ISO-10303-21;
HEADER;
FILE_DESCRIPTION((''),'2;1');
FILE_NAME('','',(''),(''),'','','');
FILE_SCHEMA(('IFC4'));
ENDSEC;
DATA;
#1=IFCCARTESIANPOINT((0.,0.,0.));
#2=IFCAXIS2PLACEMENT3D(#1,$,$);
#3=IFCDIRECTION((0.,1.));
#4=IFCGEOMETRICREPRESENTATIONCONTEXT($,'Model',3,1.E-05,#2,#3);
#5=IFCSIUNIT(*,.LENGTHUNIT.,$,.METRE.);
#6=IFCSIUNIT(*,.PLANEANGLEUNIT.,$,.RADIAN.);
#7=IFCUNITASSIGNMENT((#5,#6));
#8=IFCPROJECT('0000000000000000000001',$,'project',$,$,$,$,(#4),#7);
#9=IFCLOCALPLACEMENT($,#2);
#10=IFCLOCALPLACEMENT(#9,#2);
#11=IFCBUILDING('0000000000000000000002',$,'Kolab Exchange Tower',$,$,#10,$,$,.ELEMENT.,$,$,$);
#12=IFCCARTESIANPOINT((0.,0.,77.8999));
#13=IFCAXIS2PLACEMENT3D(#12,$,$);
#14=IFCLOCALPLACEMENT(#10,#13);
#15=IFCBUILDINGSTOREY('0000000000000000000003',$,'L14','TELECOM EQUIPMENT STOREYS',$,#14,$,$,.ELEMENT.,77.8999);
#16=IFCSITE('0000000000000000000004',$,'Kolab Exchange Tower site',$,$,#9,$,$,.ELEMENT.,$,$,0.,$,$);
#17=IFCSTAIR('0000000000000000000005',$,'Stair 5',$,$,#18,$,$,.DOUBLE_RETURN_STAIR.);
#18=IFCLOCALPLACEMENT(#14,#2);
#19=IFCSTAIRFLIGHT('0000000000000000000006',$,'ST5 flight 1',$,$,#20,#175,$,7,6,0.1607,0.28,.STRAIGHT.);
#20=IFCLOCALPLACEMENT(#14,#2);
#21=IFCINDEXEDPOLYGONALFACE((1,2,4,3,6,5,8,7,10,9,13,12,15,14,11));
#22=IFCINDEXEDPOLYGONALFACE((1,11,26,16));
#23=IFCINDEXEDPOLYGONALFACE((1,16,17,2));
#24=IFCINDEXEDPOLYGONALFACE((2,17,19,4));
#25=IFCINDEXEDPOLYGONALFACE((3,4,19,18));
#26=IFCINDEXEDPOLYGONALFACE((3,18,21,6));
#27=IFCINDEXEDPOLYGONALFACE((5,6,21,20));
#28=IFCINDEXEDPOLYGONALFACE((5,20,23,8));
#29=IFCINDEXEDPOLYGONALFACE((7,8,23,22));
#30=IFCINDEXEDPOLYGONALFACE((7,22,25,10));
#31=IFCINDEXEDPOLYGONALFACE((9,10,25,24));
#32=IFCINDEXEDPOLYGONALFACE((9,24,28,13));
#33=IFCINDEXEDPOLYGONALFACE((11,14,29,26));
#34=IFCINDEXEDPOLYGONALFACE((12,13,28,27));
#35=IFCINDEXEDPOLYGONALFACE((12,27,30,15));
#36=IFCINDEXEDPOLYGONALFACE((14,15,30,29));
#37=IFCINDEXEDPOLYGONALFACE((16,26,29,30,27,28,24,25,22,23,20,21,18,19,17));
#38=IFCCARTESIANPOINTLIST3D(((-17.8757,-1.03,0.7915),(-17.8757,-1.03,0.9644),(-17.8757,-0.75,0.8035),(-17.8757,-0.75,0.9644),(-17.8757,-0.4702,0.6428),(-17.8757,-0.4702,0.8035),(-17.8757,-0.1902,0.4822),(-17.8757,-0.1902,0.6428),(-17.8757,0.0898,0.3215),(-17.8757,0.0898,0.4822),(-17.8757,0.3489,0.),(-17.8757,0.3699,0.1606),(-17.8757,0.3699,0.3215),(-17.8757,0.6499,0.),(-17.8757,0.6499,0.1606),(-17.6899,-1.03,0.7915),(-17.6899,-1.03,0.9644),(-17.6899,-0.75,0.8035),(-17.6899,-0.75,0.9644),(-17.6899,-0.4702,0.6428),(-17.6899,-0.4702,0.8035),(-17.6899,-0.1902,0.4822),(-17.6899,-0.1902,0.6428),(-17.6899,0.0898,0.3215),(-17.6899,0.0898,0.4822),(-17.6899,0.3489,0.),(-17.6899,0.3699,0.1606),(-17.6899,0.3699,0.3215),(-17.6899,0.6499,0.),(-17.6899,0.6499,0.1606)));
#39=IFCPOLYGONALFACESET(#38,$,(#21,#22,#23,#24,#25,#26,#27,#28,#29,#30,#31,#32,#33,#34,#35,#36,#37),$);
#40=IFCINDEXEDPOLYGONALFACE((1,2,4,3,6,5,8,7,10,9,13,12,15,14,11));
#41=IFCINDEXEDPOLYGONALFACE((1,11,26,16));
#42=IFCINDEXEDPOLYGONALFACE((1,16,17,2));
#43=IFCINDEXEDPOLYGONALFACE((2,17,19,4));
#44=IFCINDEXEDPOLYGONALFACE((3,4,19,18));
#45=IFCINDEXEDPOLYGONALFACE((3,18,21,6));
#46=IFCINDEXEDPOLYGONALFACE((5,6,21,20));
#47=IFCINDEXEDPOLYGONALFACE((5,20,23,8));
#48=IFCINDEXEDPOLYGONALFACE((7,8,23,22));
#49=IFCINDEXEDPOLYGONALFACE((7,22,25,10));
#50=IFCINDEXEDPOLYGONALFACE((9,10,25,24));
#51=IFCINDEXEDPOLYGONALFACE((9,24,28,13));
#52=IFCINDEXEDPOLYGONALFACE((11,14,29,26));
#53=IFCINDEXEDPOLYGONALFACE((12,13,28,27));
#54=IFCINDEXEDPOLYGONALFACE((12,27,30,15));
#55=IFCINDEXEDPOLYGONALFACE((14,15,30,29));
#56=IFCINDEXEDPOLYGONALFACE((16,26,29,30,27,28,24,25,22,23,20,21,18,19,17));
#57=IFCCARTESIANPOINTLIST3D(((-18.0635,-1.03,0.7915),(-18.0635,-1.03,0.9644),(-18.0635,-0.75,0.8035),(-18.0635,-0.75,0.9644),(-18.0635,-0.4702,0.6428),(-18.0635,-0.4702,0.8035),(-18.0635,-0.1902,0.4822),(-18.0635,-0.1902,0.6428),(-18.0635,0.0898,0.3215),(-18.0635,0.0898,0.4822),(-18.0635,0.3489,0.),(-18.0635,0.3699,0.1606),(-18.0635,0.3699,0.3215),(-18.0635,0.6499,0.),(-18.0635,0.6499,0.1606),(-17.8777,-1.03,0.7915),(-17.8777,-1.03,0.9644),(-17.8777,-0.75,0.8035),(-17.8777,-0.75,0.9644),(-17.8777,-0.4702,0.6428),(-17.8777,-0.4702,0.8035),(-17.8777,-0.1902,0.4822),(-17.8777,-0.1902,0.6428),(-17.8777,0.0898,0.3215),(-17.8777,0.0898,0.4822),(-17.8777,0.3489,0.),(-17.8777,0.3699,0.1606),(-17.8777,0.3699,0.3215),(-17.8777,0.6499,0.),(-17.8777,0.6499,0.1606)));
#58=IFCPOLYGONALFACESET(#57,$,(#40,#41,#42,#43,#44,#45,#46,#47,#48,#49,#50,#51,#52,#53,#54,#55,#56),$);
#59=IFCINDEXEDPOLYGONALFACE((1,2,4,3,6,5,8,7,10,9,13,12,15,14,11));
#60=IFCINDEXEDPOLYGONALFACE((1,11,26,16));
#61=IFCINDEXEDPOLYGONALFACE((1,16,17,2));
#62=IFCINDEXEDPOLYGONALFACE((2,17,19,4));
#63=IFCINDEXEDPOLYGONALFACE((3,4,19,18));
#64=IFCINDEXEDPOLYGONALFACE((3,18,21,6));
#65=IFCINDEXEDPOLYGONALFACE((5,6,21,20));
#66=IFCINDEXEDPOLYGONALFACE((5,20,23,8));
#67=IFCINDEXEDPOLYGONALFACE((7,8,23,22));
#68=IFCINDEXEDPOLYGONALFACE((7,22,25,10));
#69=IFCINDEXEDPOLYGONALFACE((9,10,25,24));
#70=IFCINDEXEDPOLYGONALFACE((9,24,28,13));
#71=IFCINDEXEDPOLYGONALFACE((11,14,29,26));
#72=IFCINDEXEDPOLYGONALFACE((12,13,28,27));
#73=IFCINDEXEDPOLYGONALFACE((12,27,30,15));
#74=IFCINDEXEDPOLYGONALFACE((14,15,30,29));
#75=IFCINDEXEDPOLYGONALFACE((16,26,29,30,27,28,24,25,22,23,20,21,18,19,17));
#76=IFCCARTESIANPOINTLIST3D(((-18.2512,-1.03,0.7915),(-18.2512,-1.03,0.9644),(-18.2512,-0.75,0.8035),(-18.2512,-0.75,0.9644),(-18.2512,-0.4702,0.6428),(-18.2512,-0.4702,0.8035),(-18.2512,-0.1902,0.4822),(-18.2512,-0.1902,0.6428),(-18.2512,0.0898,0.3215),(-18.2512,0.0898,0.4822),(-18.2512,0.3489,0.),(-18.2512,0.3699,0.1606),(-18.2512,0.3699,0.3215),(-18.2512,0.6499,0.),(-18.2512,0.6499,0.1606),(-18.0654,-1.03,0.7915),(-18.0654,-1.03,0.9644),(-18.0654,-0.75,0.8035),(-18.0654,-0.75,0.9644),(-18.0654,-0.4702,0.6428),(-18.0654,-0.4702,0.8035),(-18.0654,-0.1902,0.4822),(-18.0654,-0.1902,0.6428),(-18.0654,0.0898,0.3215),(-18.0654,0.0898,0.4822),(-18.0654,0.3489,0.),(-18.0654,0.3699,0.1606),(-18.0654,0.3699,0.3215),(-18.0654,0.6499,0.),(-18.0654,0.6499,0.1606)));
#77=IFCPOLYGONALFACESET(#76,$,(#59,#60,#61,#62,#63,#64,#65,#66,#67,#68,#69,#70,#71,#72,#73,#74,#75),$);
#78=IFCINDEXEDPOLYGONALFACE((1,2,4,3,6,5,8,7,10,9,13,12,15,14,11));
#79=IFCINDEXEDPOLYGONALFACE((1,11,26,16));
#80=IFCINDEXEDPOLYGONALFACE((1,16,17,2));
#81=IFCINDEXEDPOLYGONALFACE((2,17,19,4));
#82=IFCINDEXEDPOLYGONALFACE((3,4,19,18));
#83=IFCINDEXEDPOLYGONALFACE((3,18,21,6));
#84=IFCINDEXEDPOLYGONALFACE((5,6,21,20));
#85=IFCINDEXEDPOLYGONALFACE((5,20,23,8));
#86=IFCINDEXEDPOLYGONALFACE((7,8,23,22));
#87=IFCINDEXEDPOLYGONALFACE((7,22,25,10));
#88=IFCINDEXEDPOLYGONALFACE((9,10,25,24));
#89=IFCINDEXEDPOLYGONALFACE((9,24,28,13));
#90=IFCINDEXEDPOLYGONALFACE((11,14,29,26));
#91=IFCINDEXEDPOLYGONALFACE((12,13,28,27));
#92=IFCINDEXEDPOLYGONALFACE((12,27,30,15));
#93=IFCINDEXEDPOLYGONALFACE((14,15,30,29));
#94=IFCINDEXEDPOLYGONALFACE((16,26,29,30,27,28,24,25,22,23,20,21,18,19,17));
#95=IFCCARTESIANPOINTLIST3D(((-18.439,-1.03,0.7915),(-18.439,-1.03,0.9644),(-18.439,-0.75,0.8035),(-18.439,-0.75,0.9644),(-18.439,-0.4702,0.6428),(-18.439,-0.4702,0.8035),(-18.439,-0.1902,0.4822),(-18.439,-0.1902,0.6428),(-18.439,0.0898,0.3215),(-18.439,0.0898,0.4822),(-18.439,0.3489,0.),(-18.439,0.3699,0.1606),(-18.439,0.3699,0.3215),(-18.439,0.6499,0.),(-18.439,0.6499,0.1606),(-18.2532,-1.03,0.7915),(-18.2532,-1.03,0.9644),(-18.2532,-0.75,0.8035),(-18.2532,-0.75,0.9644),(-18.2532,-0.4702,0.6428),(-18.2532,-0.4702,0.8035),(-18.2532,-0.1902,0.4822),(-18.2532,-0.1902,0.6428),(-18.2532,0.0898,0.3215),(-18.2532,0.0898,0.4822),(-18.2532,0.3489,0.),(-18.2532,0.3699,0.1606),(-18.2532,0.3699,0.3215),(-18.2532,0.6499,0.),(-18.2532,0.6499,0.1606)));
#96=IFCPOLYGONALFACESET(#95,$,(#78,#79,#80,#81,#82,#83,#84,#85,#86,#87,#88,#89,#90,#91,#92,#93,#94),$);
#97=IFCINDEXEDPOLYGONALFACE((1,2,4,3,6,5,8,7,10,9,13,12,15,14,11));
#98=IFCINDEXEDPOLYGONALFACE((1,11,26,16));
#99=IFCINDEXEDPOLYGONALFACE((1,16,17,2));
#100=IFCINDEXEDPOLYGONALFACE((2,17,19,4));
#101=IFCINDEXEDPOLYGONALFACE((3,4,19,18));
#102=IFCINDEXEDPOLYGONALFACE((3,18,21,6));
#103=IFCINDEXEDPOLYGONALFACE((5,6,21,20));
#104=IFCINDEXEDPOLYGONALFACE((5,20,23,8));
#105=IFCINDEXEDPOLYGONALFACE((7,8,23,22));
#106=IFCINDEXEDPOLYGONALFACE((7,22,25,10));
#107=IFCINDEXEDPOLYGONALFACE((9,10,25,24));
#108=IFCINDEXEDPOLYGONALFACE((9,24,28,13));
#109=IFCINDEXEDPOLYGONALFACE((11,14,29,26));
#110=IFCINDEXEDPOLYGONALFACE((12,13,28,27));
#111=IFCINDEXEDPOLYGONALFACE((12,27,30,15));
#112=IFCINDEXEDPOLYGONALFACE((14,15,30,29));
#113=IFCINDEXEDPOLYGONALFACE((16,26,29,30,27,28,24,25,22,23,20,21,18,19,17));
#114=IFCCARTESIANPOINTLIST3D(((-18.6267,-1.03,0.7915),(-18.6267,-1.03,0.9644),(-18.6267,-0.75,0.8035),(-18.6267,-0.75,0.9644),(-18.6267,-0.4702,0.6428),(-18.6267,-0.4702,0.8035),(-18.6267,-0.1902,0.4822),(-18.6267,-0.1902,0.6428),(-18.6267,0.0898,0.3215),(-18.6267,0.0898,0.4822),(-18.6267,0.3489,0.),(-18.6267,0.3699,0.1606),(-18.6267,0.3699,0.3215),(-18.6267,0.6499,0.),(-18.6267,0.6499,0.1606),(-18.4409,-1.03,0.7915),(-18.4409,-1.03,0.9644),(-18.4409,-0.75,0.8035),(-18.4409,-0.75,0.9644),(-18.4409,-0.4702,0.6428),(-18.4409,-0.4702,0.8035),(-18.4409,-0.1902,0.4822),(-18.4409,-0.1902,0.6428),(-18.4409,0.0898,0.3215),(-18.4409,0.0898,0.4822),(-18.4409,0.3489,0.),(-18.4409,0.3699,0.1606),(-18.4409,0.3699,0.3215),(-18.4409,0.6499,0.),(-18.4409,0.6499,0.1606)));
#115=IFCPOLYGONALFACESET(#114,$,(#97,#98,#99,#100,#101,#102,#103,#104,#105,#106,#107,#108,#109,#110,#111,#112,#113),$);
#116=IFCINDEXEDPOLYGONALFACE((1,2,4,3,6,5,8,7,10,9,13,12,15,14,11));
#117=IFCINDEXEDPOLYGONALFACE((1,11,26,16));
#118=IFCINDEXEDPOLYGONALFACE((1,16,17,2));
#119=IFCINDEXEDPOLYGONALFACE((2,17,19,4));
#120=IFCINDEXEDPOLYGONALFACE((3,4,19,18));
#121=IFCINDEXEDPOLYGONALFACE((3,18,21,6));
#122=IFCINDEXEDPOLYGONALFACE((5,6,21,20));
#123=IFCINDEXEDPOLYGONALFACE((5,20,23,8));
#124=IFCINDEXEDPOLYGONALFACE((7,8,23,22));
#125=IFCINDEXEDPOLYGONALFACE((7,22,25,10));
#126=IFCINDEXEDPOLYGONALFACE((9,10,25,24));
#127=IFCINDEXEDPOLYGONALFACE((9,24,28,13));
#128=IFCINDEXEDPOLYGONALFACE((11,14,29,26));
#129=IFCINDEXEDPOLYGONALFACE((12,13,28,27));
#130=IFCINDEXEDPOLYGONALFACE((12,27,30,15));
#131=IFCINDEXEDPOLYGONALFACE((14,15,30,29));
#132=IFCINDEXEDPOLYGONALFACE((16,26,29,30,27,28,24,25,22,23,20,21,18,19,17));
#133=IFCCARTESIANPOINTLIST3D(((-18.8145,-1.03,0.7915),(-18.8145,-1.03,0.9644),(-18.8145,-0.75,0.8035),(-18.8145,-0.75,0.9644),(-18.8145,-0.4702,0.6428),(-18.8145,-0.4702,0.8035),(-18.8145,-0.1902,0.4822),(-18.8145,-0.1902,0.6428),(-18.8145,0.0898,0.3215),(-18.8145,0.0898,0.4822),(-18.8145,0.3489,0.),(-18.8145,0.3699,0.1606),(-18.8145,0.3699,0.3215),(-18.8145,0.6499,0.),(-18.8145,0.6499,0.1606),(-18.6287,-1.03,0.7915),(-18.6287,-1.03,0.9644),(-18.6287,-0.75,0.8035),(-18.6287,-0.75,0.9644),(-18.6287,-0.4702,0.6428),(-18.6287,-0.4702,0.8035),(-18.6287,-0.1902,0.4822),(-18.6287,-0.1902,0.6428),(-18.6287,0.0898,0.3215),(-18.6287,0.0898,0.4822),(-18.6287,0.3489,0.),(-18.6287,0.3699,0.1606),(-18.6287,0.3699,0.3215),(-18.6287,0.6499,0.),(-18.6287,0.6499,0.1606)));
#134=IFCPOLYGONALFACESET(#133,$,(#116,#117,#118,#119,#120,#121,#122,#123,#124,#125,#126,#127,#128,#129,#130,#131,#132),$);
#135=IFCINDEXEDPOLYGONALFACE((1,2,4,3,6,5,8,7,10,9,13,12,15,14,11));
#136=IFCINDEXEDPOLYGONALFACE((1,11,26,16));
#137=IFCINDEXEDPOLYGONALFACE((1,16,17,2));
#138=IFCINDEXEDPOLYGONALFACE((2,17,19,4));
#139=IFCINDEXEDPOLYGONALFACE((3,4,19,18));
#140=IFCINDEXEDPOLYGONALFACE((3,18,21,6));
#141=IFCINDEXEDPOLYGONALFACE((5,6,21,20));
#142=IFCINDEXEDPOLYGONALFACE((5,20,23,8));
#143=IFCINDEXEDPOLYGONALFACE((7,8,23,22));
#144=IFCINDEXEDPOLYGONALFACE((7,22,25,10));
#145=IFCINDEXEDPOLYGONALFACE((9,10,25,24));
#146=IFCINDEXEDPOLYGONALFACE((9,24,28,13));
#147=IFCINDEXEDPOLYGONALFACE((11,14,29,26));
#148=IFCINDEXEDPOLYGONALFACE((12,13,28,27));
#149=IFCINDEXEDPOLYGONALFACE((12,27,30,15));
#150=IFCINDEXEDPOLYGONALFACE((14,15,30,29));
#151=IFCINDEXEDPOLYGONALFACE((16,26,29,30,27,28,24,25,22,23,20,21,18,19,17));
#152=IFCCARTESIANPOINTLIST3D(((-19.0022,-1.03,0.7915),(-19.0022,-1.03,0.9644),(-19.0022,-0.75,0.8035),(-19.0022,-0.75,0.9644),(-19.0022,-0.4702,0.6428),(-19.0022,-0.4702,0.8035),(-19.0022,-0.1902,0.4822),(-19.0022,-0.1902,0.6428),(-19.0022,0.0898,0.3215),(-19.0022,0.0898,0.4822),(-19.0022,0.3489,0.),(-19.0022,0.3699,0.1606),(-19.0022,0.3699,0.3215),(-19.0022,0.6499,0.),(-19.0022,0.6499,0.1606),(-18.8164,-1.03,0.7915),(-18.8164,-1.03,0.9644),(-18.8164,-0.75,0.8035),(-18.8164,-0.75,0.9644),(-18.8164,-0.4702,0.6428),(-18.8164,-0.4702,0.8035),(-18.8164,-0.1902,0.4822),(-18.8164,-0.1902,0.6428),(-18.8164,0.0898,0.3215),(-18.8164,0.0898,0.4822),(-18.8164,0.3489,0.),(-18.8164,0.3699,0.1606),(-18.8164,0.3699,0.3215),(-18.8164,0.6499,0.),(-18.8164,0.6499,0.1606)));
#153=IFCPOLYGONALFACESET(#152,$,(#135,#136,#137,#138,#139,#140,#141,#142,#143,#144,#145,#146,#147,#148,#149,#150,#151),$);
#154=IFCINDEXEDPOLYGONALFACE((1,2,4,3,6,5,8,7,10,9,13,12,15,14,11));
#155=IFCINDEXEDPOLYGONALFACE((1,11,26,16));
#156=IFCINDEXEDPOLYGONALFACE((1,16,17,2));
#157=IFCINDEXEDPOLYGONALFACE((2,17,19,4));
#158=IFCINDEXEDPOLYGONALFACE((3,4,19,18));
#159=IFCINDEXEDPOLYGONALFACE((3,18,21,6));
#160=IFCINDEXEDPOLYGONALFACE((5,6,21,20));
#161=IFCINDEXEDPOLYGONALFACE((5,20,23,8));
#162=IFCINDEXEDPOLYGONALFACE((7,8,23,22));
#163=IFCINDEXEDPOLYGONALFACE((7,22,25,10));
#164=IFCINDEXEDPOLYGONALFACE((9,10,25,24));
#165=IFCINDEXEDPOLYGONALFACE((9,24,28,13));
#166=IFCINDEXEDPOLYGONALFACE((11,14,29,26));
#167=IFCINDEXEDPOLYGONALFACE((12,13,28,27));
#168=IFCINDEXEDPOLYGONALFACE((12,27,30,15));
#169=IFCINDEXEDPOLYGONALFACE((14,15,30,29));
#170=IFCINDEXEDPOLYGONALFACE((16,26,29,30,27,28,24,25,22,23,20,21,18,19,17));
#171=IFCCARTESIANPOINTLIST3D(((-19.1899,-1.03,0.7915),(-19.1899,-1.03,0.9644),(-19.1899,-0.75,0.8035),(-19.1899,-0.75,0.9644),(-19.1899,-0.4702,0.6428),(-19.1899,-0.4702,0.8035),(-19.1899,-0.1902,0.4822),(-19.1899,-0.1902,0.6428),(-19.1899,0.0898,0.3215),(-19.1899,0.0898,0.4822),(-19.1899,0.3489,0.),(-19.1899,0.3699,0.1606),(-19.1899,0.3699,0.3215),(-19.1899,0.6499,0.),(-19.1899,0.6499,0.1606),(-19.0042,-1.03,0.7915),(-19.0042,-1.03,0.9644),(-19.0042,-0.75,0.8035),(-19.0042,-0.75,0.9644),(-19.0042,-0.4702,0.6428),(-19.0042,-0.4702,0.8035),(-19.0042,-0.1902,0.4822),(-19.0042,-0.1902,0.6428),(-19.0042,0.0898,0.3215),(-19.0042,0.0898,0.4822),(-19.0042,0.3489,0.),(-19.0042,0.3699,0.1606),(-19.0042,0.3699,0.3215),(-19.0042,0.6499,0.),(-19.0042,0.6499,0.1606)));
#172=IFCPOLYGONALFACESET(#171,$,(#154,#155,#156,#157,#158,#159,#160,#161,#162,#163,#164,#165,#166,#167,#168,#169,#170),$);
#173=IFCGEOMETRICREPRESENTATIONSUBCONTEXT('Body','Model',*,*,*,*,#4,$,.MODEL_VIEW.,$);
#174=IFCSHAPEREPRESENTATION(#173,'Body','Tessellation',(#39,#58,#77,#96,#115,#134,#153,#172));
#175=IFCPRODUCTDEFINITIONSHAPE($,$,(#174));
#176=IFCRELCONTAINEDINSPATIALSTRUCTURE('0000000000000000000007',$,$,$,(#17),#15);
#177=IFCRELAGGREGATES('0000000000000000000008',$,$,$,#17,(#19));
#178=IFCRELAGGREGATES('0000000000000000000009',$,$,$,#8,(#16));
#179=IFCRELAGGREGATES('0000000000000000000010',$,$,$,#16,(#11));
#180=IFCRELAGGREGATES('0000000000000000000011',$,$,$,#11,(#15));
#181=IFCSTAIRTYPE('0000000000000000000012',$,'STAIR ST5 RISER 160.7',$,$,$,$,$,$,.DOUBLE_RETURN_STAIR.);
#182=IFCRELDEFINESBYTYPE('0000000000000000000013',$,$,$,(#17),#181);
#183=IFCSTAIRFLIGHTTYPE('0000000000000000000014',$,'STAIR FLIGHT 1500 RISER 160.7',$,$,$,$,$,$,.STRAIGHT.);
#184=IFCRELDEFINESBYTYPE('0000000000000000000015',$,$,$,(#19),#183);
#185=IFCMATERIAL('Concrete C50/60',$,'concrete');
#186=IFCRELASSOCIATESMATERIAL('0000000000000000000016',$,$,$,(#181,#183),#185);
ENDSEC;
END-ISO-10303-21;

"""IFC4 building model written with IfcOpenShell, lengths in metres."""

from ifc_helpers import new_model, si_unit, direction, frame, origin, place, context, subcontext, project, spatial, polyline, outline, extrude, material, type_object, element, aggregate, save


model = new_model("IFC4")

# Units and contexts
model_context = context("Model", 3, precision=1e-05, world=origin(), true_north=direction((0.0, 1.0)))
body_context = subcontext(model_context, "Body", "Model", "MODEL_VIEW")
ifc_project = project(units=[si_unit("LENGTHUNIT", "METRE"), si_unit("PLANEANGLEUNIT", "RADIAN")], contexts=[model_context])

# Site, building, storey
site_placement = place(None, origin())
site = spatial("IfcSite", under=ifc_project, at=site_placement, Name="Kolab Exchange Tower site", CompositionType="ELEMENT", RefElevation=0.0)
building_placement = place(site_placement, origin())
building = spatial("IfcBuilding", under=site, at=building_placement, Name="Kolab Exchange Tower", CompositionType="ELEMENT")
storey_placement = place(building_placement, frame((0.0, 0.0, 77.8999)))
storey = spatial("IfcBuildingStorey", under=building, at=storey_placement, Name="L14", Description="TELECOM EQUIPMENT STOREYS", CompositionType="ELEMENT", Elevation=77.8999)

# Shared definitions
ifc_material_1 = material(Name="Concrete C50/60", Category="concrete")

# Stair, stair flight
stair_type = type_object("IfcStairType", Name="STAIR ST5 RISER 160.7", PredefinedType="DOUBLE_RETURN_STAIR", material=ifc_material_1)
stair_placement = place(storey_placement, origin())
stair = element("IfcStair", 1, at=stair_placement, inside=storey, type_object=stair_type, Name="Stair 5", PredefinedType="DOUBLE_RETURN_STAIR")
stair_flight_type = type_object("IfcStairFlightType", Name="STAIR FLIGHT 1500 RISER 160.7", PredefinedType="STRAIGHT", material=ifc_material_1)
stair_flight_1_placement = place(storey_placement, frame((-18.4399, 0.6499, 0.0), z_axis=(0.0, 0.0, 1.0), x_axis=(0.0, -1.0, 0.0)))
stair_flight_1 = element("IfcStairFlight", 2, at=stair_flight_1_placement, type_object=stair_flight_type, Name="ST5 flight 1", NumberOfRisers=7, NumberOfTreads=6, PredefinedType="STRAIGHT", RiserHeight=0.1607, TreadLength=0.28, context=body_context, shape_type="SweptSolid", body=[
    extrude(outline(polyline([(0.0, 0.0), (0.0, 0.1606), (0.28, 0.1606), (0.28, 0.3215), (0.5601, 0.3215), (0.5601, 0.4822), (0.8401, 0.4822), (0.8401, 0.6428), (1.1201, 0.6428), (1.1201, 0.8035), (1.3999, 0.8035), (1.3999, 0.9644), (1.6799, 0.9644), (1.6799, 1.125), (1.6799, 0.7915), (0.301, 0.0), (0.0, 0.0)])), frame((0.0, 0.75, 0.0), z_axis=(0.0, -1.0, 0.0), x_axis=(1.0, 0.0, 0.0)), (0.0, 0.0, 1.0), 0.1858),
    extrude(outline(polyline([(0.0, 0.0), (0.0, 0.1606), (0.28, 0.1606), (0.28, 0.3215), (0.5601, 0.3215), (0.5601, 0.4822), (0.8401, 0.4822), (0.8401, 0.6428), (1.1201, 0.6428), (1.1201, 0.8035), (1.3999, 0.8035), (1.3999, 0.9644), (1.6799, 0.9644), (1.6799, 1.125), (1.6799, 0.7915), (0.301, 0.0), (0.0, 0.0)])), frame((0.0, 0.5623, 0.0), z_axis=(0.0, -1.0, 0.0), x_axis=(1.0, 0.0, 0.0)), (0.0, 0.0, 1.0), 0.1858),
    extrude(outline(polyline([(0.0, 0.0), (0.0, 0.1606), (0.28, 0.1606), (0.28, 0.3215), (0.5601, 0.3215), (0.5601, 0.4822), (0.8401, 0.4822), (0.8401, 0.6428), (1.1201, 0.6428), (1.1201, 0.8035), (1.3999, 0.8035), (1.3999, 0.9644), (1.6799, 0.9644), (1.6799, 1.125), (1.6799, 0.7915), (0.301, 0.0), (0.0, 0.0)])), frame((0.0, 0.3745, 0.0), z_axis=(0.0, -1.0, 0.0), x_axis=(1.0, 0.0, 0.0)), (0.0, 0.0, 1.0), 0.1858),
    extrude(outline(polyline([(0.0, 0.0), (0.0, 0.1606), (0.28, 0.1606), (0.28, 0.3215), (0.5601, 0.3215), (0.5601, 0.4822), (0.8401, 0.4822), (0.8401, 0.6428), (1.1201, 0.6428), (1.1201, 0.8035), (1.3999, 0.8035), (1.3999, 0.9644), (1.6799, 0.9644), (1.6799, 1.125), (1.6799, 0.7915), (0.301, 0.0), (0.0, 0.0)])), frame((0.0, 0.1868, 0.0), z_axis=(0.0, -1.0, 0.0), x_axis=(1.0, 0.0, 0.0)), (0.0, 0.0, 1.0), 0.1858),
    extrude(outline(polyline([(0.0, 0.0), (0.0, 0.1606), (0.28, 0.1606), (0.28, 0.3215), (0.5601, 0.3215), (0.5601, 0.4822), (0.8401, 0.4822), (0.8401, 0.6428), (1.1201, 0.6428), (1.1201, 0.8035), (1.3999, 0.8035), (1.3999, 0.9644), (1.6799, 0.9644), (1.6799, 1.125), (1.6799, 0.7915), (0.301, 0.0), (0.0, 0.0)])), frame((0.0, -0.001, 0.0), z_axis=(0.0, -1.0, 0.0), x_axis=(1.0, 0.0, 0.0)), (0.0, 0.0, 1.0), 0.1858),
    extrude(outline(polyline([(0.0, 0.0), (0.0, 0.1606), (0.28, 0.1606), (0.28, 0.3215), (0.5601, 0.3215), (0.5601, 0.4822), (0.8401, 0.4822), (0.8401, 0.6428), (1.1201, 0.6428), (1.1201, 0.8035), (1.3999, 0.8035), (1.3999, 0.9644), (1.6799, 0.9644), (1.6799, 1.125), (1.6799, 0.7915), (0.301, 0.0), (0.0, 0.0)])), frame((0.0, -0.1887, 0.0), z_axis=(0.0, -1.0, 0.0), x_axis=(1.0, 0.0, 0.0)), (0.0, 0.0, 1.0), 0.1858),
    extrude(outline(polyline([(0.0, 0.0), (0.0, 0.1606), (0.28, 0.1606), (0.28, 0.3215), (0.5601, 0.3215), (0.5601, 0.4822), (0.8401, 0.4822), (0.8401, 0.6428), (1.1201, 0.6428), (1.1201, 0.8035), (1.3999, 0.8035), (1.3999, 0.9644), (1.6799, 0.9644), (1.6799, 1.125), (1.6799, 0.7915), (0.301, 0.0), (0.0, 0.0)])), frame((0.0, -0.3765, 0.0), z_axis=(0.0, -1.0, 0.0), x_axis=(1.0, 0.0, 0.0)), (0.0, 0.0, 1.0), 0.1858),
    extrude(outline(polyline([(0.0, 0.0), (0.0, 0.1606), (0.28, 0.1606), (0.28, 0.3215), (0.5601, 0.3215), (0.5601, 0.4822), (0.8401, 0.4822), (0.8401, 0.6428), (1.1201, 0.6428), (1.1201, 0.8035), (1.3999, 0.8035), (1.3999, 0.9644), (1.6799, 0.9644), (1.6799, 1.125), (1.6799, 0.7915), (0.301, 0.0), (0.0, 0.0)])), frame((0.0, -0.5642, 0.0), z_axis=(0.0, -1.0, 0.0), x_axis=(1.0, 0.0, 0.0)), (0.0, 0.0, 1.0), 0.1858),
])
aggregate(stair, [stair_flight_1])

save(model, "model.ifc")
